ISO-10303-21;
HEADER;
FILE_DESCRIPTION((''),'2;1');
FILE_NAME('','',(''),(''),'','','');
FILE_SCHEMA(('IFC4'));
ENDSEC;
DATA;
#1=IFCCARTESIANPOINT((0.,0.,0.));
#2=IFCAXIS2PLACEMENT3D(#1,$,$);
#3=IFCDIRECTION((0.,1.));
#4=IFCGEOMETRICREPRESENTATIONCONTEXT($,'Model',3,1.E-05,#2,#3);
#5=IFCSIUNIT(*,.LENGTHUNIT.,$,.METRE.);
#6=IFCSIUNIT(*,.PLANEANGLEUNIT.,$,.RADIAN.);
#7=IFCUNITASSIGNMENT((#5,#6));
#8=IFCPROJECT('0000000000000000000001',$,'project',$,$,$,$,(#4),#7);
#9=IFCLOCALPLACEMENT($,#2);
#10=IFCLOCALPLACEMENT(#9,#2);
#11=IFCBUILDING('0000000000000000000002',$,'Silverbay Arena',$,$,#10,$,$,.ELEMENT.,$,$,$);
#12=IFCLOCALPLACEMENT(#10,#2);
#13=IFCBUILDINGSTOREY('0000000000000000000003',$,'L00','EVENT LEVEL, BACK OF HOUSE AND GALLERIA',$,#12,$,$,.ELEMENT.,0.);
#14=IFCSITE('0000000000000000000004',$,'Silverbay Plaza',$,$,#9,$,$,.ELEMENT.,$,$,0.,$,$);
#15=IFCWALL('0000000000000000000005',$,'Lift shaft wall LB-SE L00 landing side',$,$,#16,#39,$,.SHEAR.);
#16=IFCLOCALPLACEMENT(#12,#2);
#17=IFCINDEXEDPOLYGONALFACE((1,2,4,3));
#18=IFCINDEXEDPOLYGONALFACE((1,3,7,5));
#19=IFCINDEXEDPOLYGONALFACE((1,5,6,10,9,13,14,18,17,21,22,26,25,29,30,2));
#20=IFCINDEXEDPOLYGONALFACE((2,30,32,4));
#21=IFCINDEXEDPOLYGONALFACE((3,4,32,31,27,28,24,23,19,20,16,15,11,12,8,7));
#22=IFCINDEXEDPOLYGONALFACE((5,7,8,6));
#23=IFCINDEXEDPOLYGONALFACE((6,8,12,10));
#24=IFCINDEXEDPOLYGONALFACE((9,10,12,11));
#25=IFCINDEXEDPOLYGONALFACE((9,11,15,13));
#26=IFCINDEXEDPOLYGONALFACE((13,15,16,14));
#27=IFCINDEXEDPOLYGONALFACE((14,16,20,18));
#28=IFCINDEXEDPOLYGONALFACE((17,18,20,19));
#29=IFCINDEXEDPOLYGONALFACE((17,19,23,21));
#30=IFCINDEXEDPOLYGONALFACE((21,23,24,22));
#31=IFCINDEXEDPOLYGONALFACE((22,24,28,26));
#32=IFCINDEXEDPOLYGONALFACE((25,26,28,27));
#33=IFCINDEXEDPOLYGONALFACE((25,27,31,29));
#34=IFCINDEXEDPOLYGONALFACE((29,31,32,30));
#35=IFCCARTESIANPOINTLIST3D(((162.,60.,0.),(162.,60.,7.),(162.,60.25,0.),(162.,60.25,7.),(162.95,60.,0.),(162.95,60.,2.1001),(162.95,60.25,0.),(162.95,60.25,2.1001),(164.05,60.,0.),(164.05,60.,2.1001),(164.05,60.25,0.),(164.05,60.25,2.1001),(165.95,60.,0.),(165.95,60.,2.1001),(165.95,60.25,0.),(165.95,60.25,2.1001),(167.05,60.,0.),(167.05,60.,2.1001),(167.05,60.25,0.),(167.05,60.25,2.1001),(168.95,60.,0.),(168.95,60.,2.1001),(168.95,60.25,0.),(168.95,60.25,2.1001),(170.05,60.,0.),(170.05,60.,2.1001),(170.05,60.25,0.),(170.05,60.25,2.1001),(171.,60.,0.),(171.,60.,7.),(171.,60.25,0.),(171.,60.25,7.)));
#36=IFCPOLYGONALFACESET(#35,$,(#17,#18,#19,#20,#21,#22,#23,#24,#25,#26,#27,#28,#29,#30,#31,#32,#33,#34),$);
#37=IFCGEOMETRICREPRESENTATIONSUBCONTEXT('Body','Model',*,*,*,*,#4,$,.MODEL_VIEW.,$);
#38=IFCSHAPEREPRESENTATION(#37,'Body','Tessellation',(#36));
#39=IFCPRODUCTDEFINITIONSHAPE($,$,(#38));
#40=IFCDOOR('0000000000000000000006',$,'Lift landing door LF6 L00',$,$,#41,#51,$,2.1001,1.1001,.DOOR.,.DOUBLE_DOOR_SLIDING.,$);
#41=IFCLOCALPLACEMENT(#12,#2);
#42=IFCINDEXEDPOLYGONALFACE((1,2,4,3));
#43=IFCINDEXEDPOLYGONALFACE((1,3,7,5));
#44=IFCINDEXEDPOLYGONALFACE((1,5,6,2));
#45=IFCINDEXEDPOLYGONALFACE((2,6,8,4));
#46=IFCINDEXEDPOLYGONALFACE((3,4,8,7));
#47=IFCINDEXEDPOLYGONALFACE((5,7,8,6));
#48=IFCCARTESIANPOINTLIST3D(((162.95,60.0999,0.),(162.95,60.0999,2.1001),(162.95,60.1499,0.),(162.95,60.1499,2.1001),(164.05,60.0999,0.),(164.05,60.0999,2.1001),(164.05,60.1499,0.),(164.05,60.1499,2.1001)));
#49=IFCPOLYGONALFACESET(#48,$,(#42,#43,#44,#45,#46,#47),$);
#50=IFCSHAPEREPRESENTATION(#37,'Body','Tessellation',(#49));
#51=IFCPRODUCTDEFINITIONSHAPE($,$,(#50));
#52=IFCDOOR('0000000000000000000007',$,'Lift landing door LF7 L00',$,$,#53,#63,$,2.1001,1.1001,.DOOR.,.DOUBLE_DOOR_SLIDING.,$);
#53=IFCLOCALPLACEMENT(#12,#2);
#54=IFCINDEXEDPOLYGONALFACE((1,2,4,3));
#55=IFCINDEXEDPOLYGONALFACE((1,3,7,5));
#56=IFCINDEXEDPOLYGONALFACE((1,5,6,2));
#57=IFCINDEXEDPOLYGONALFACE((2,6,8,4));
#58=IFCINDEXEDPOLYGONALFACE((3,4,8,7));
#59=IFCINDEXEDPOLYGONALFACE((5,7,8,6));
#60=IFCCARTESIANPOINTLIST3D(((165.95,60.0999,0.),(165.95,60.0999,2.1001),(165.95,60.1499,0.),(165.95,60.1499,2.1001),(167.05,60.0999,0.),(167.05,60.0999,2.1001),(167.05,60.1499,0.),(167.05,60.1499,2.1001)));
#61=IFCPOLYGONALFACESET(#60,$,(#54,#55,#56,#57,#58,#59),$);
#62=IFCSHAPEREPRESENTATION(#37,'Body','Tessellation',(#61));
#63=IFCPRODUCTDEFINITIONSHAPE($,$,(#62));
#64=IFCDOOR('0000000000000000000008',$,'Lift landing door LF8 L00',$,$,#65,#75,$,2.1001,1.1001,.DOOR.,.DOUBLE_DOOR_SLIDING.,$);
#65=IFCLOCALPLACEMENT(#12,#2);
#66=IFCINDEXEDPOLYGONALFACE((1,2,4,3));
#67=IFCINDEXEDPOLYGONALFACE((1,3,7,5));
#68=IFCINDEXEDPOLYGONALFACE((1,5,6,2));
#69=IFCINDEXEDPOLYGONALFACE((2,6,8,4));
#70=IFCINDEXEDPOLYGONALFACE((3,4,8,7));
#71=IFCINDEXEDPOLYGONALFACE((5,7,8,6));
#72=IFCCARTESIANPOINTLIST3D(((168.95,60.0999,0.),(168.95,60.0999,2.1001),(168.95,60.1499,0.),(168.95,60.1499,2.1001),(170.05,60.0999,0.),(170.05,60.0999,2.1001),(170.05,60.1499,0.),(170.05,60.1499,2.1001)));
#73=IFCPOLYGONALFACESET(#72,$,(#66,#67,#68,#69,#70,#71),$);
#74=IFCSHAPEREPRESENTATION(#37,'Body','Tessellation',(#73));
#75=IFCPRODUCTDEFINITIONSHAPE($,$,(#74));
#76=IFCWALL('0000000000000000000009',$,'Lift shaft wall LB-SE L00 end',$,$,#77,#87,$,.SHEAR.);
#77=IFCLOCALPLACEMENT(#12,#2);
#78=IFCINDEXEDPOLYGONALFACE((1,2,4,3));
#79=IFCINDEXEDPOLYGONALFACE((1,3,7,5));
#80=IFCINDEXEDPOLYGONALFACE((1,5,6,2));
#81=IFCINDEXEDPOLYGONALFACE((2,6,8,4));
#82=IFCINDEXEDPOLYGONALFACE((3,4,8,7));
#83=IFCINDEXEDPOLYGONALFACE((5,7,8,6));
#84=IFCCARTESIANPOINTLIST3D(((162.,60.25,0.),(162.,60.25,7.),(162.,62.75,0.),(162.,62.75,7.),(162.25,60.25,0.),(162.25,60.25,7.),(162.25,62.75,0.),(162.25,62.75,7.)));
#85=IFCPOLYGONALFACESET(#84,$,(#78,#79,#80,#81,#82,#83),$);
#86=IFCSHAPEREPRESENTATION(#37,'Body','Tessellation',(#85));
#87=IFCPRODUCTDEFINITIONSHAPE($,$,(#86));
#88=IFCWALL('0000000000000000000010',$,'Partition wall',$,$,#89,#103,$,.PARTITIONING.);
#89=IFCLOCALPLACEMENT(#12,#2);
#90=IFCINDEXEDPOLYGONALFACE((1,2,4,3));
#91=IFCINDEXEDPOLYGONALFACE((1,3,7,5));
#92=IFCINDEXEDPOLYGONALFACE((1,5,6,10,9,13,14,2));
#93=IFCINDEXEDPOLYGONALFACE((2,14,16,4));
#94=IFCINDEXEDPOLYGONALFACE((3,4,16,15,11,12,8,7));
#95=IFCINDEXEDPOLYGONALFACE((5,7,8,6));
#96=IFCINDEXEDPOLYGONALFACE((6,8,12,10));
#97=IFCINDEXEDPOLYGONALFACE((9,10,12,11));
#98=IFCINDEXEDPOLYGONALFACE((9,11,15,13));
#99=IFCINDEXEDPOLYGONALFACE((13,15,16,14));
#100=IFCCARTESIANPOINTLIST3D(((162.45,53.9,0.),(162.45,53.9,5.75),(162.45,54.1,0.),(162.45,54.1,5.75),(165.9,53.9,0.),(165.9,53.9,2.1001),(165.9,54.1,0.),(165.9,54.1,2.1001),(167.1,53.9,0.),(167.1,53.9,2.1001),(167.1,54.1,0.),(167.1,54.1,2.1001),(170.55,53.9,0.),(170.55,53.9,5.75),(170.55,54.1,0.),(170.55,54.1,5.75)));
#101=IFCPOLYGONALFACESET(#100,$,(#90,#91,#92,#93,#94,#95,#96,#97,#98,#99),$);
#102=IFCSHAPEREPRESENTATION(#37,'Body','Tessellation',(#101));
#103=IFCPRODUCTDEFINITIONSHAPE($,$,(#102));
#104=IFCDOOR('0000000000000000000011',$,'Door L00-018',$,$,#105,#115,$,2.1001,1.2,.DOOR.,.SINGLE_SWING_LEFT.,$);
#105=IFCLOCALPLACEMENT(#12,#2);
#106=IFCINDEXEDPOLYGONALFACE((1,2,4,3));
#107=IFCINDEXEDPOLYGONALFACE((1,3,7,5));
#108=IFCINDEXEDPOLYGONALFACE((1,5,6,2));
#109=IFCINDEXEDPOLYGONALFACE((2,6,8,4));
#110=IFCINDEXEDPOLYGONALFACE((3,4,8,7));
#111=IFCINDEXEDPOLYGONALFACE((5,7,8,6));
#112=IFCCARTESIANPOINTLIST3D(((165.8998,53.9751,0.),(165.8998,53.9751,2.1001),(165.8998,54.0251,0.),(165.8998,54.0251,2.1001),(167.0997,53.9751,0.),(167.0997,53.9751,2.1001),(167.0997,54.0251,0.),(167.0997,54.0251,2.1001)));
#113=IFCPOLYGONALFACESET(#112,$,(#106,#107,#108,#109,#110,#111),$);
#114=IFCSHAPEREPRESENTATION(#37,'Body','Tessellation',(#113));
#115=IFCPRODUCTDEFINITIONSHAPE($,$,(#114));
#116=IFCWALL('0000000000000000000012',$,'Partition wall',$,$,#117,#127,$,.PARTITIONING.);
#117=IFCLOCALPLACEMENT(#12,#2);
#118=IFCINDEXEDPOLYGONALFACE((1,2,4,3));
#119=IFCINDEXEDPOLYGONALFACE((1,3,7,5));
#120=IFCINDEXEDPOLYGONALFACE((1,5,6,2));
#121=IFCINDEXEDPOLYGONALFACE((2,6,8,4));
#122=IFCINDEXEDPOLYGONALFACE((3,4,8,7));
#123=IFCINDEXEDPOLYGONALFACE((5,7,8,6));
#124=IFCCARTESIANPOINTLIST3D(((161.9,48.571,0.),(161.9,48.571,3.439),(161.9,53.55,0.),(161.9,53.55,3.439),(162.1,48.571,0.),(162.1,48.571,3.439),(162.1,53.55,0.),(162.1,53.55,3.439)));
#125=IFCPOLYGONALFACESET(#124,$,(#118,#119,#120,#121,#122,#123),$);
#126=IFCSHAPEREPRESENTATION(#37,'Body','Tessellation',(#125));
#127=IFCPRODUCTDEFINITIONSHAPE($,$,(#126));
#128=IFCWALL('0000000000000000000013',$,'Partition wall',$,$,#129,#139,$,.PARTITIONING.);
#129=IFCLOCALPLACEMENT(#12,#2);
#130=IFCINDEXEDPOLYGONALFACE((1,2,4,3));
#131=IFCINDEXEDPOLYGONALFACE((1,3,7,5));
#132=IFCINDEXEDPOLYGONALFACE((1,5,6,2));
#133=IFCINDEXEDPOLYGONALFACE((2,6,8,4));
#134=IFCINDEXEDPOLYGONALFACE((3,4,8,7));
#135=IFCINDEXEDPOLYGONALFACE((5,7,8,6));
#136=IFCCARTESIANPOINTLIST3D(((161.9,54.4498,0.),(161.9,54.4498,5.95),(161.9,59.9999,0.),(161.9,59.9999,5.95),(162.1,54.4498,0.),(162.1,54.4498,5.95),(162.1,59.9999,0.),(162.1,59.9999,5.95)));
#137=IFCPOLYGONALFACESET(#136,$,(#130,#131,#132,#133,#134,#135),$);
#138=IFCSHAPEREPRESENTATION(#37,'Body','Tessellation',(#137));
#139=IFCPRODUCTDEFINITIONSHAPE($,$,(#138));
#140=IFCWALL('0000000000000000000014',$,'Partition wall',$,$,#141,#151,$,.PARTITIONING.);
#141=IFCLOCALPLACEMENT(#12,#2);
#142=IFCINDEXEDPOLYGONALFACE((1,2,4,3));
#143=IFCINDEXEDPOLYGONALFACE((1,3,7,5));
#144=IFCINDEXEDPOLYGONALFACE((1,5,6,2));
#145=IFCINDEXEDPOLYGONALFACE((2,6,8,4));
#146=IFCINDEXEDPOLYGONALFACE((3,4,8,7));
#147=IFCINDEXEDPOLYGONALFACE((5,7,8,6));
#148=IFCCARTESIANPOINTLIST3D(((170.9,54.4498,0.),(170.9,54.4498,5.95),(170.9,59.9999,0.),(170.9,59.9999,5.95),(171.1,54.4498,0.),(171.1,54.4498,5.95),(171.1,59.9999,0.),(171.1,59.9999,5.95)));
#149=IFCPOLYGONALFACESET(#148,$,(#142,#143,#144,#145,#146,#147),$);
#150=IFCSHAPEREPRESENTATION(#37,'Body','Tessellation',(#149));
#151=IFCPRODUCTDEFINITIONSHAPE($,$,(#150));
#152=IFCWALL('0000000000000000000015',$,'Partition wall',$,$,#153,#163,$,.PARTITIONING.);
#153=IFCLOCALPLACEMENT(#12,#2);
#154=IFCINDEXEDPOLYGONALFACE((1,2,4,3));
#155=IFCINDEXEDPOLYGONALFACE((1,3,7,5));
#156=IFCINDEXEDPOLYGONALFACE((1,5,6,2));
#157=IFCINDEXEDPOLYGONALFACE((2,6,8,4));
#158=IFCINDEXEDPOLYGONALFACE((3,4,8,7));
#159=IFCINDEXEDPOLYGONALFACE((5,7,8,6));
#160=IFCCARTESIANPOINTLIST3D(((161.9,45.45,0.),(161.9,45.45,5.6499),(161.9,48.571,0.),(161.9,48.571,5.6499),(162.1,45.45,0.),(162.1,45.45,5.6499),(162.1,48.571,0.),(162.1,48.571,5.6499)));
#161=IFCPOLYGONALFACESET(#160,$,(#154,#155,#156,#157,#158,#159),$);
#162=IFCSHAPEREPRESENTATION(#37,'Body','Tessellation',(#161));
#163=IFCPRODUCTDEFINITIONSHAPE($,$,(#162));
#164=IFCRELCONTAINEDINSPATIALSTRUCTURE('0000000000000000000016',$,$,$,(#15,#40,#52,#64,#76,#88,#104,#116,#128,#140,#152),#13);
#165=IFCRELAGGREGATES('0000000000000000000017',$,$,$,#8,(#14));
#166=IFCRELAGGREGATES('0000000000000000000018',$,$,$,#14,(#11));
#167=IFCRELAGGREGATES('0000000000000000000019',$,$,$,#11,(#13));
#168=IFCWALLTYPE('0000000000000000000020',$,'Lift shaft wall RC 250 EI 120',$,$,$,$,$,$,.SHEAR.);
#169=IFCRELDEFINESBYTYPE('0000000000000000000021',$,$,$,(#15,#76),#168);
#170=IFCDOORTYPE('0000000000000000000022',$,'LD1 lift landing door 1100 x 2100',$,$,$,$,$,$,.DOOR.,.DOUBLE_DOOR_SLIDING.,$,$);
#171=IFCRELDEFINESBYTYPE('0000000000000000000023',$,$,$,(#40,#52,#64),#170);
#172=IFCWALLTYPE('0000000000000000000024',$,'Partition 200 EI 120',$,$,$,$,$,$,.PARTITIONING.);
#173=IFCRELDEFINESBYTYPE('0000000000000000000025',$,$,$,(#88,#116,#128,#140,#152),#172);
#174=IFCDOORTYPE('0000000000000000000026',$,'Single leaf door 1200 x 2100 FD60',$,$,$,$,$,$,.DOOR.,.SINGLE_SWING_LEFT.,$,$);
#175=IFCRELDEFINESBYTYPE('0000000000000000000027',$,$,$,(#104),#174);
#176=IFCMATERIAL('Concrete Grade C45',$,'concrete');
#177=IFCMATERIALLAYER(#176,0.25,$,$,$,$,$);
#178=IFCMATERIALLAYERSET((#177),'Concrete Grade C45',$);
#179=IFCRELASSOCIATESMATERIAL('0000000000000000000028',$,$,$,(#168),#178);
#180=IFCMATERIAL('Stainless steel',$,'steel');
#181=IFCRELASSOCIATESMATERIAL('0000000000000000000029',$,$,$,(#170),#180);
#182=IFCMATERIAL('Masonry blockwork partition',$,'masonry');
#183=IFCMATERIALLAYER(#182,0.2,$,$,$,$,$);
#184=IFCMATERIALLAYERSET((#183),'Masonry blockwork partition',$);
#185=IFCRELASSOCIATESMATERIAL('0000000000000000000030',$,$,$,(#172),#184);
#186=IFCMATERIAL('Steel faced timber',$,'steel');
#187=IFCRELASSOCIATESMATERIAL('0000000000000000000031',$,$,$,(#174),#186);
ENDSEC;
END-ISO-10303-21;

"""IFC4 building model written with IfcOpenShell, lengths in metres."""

from ifc_helpers import new_model, si_unit, direction, frame, frame_2d, origin, place, context, subcontext, project, spatial, rectangle, extrude, material, layer, layer_set, type_object, element, fill, save


model = new_model("IFC4")

# Units and contexts
model_context = context("Model", 3, precision=1e-05, world=origin(), true_north=direction((0.0, 1.0)))
body_context = subcontext(model_context, "Body", "Model", "MODEL_VIEW")
ifc_project = project(units=[si_unit("LENGTHUNIT", "METRE"), si_unit("PLANEANGLEUNIT", "RADIAN")], contexts=[model_context])

# Site, building, storey
site_placement = place(None, origin())
site = spatial("IfcSite", under=ifc_project, at=site_placement, Name="Silverbay Plaza", CompositionType="ELEMENT", RefElevation=0.0)
building_placement = place(site_placement, origin())
building = spatial("IfcBuilding", under=site, at=building_placement, Name="Silverbay Arena", CompositionType="ELEMENT")
storey_placement = place(building_placement, origin())
storey = spatial("IfcBuildingStorey", under=building, at=storey_placement, Name="L00", Description="EVENT LEVEL, BACK OF HOUSE AND GALLERIA", CompositionType="ELEMENT", Elevation=0.0)

# Wall, openings, doors
ifc_material_1 = material(Name="Concrete Grade C45", Category="concrete")
ifc_layer_1 = layer(ifc_material_1, 0.25)
ifc_layer_set_1 = layer_set([ifc_layer_1], Name="Concrete Grade C45")
wall_type_1 = type_object("IfcWallType", Name="Lift shaft wall RC 250 EI 120", PredefinedType="SHEAR", material=ifc_layer_set_1)
wall_1_placement = place(storey_placement, frame((162.0, 60.125, 0.0), z_axis=(0.0, 0.0, 1.0), x_axis=(1.0, 0.0, 0.0)))
wall_1 = element("IfcWall", 1, at=wall_1_placement, inside=storey, type_object=wall_type_1, Name="Lift shaft wall LB-SE L00 landing side", PredefinedType="SHEAR", context=body_context, shape_type="SweptSolid", body=[
    extrude(rectangle(XDim=9.0, YDim=0.25, at=frame_2d((4.5, 0.0))), origin(), (0.0, 0.0, 1.0), 7.0),
])
opening_1_placement = place(wall_1_placement, frame((0.95, 0.0, 0.0)))
opening_1 = element("IfcOpeningElement", 2, at=opening_1_placement, cuts=wall_1, PredefinedType="OPENING", context=body_context, shape_type="SweptSolid", body=[
    extrude(rectangle(XDim=1.1001, YDim=2.1001, at=frame_2d((0.55, 1.05))), frame((0.0, 0.135, 0.0), z_axis=(0.0, -1.0, 0.0), x_axis=(1.0, 0.0, 0.0)), (0.0, 0.0, 1.0), 0.27),
])
opening_2_placement = place(wall_1_placement, frame((3.95, 0.0, 0.0)))
opening_2 = element("IfcOpeningElement", 3, at=opening_2_placement, cuts=wall_1, PredefinedType="OPENING", context=body_context, shape_type="SweptSolid", body=[
    extrude(rectangle(XDim=1.1001, YDim=2.1001, at=frame_2d((0.55, 1.05))), frame((0.0, 0.135, 0.0), z_axis=(0.0, -1.0, 0.0), x_axis=(1.0, 0.0, 0.0)), (0.0, 0.0, 1.0), 0.27),
])
opening_3_placement = place(wall_1_placement, frame((6.95, 0.0, 0.0)))
opening_3 = element("IfcOpeningElement", 4, at=opening_3_placement, cuts=wall_1, PredefinedType="OPENING", context=body_context, shape_type="SweptSolid", body=[
    extrude(rectangle(XDim=1.1001, YDim=2.1001, at=frame_2d((0.55, 1.05))), frame((0.0, 0.135, 0.0), z_axis=(0.0, -1.0, 0.0), x_axis=(1.0, 0.0, 0.0)), (0.0, 0.0, 1.0), 0.27),
])
ifc_material_2 = material(Name="Stainless steel", Category="steel")
door_type_1 = type_object("IfcDoorType", Name="LD1 lift landing door 1100 x 2100", OperationType="DOUBLE_DOOR_SLIDING", PredefinedType="DOOR", material=ifc_material_2)
door_1_placement = place(opening_1_placement, origin())
door_1 = element("IfcDoor", 5, at=door_1_placement, inside=storey, type_object=door_type_1, Name="Lift landing door LF6 L00", OperationType="DOUBLE_DOOR_SLIDING", OverallHeight=2.1001, OverallWidth=1.1001, PredefinedType="DOOR", context=body_context, shape_type="SweptSolid", body=[
    extrude(rectangle(XDim=1.1001, YDim=2.1001, at=frame_2d((0.55, 1.05))), frame((0.0, 0.0249, 0.0), z_axis=(0.0, -1.0, 0.0), x_axis=(1.0, 0.0, 0.0)), (0.0, 0.0, 1.0), 0.05),
])
fill(opening_1, door_1)
door_2_placement = place(opening_2_placement, origin())
door_2 = element("IfcDoor", 6, at=door_2_placement, inside=storey, type_object=door_type_1, Name="Lift landing door LF7 L00", OperationType="DOUBLE_DOOR_SLIDING", OverallHeight=2.1001, OverallWidth=1.1001, PredefinedType="DOOR", context=body_context, shape_type="SweptSolid", body=[
    extrude(rectangle(XDim=1.1001, YDim=2.1001, at=frame_2d((0.55, 1.05))), frame((0.0, 0.0249, 0.0), z_axis=(0.0, -1.0, 0.0), x_axis=(1.0, 0.0, 0.0)), (0.0, 0.0, 1.0), 0.05),
])
fill(opening_2, door_2)
door_3_placement = place(opening_3_placement, origin())
door_3 = element("IfcDoor", 7, at=door_3_placement, inside=storey, type_object=door_type_1, Name="Lift landing door LF8 L00", OperationType="DOUBLE_DOOR_SLIDING", OverallHeight=2.1001, OverallWidth=1.1001, PredefinedType="DOOR", context=body_context, shape_type="SweptSolid", body=[
    extrude(rectangle(XDim=1.1001, YDim=2.1001, at=frame_2d((0.55, 1.05))), frame((0.0, 0.0249, 0.0), z_axis=(0.0, -1.0, 0.0), x_axis=(1.0, 0.0, 0.0)), (0.0, 0.0, 1.0), 0.05),
])
fill(opening_3, door_3)

# Wall
wall_2_placement = place(storey_placement, frame((162.125, 60.25, 0.0), z_axis=(0.0, 0.0, 1.0), x_axis=(0.0, 1.0, 0.0)))
element("IfcWall", 8, at=wall_2_placement, inside=storey, type_object=wall_type_1, Name="Lift shaft wall LB-SE L00 end", PredefinedType="SHEAR", context=body_context, shape_type="SweptSolid", body=[
    extrude(rectangle(XDim=2.5, YDim=0.25, at=frame_2d((1.25, 0.0))), origin(), (0.0, 0.0, 1.0), 7.0),
])

# Wall, opening, door
ifc_material_3 = material(Name="Masonry blockwork partition", Category="masonry")
ifc_layer_2 = layer(ifc_material_3, 0.2)
ifc_layer_set_2 = layer_set([ifc_layer_2], Name="Masonry blockwork partition")
wall_type_2 = type_object("IfcWallType", Name="Partition 200 EI 120", PredefinedType="PARTITIONING", material=ifc_layer_set_2)
wall_3_placement = place(storey_placement, frame((162.45, 54.0, 0.0), z_axis=(0.0, 0.0, 1.0), x_axis=(1.0, 0.0, 0.0)))
wall_3 = element("IfcWall", 9, at=wall_3_placement, inside=storey, type_object=wall_type_2, Name="Partition wall", PredefinedType="PARTITIONING", context=body_context, shape_type="SweptSolid", body=[
    extrude(rectangle(XDim=8.1001, YDim=0.2, at=frame_2d((4.05, 0.0))), origin(), (0.0, 0.0, 1.0), 5.75),
])
opening_4_placement = place(wall_3_placement, frame((3.45, 0.0, 0.0)))
opening_4 = element("IfcOpeningElement", 10, at=opening_4_placement, cuts=wall_3, PredefinedType="OPENING", context=body_context, shape_type="SweptSolid", body=[
    extrude(rectangle(XDim=1.2, YDim=2.1001, at=frame_2d((0.6001, 1.05))), frame((0.0, 0.1099, 0.0), z_axis=(0.0, -1.0, 0.0), x_axis=(1.0, 0.0, 0.0)), (0.0, 0.0, 1.0), 0.22),
])
ifc_material_4 = material(Name="Steel faced timber", Category="steel")
door_type_2 = type_object("IfcDoorType", Name="Single leaf door 1200 x 2100 FD60", OperationType="SINGLE_SWING_LEFT", PredefinedType="DOOR", material=ifc_material_4)
door_4_placement = place(opening_4_placement, frame((1.2, 0.0, 0.0), z_axis=(0.0, 0.0, 1.0), x_axis=(-1.0, 0.0, 0.0)))
door_4 = element("IfcDoor", 11, at=door_4_placement, inside=storey, type_object=door_type_2, Name="Door L00-018", OperationType="SINGLE_SWING_LEFT", OverallHeight=2.1001, OverallWidth=1.2, PredefinedType="DOOR", context=body_context, shape_type="SweptSolid", body=[
    extrude(rectangle(XDim=1.2, YDim=2.1001, at=frame_2d((0.6001, 1.05))), frame((0.0, 0.0249, 0.0), z_axis=(0.0, -1.0, 0.0), x_axis=(1.0, 0.0, 0.0)), (0.0, 0.0, 1.0), 0.05),
])
fill(opening_4, door_4)

# Walls
wall_4_placement = place(storey_placement, frame((162.0, 48.571, 0.0), z_axis=(0.0, 0.0, 1.0), x_axis=(0.0, 1.0, 0.0)))
element("IfcWall", 12, at=wall_4_placement, inside=storey, type_object=wall_type_2, Name="Partition wall", PredefinedType="PARTITIONING", context=body_context, shape_type="SweptSolid", body=[
    extrude(rectangle(XDim=4.979, YDim=0.2, at=frame_2d((2.4895, 0.0))), origin(), (0.0, 0.0, 1.0), 3.439),
])
for number, where, z_axis, x_axis, name in (
    (13, (162.0, 54.45, 0.0), (0.0, 0.0, 1.0), (0.0, 1.0, 0.0), "Partition wall"),
    (14, (171.0, 54.45, 0.0), (0.0, 0.0, 1.0), (0.0, 1.0, 0.0), "Partition wall"),
):
    element("IfcWall", number, at=place(storey_placement, frame(where, z_axis=z_axis, x_axis=x_axis)), inside=storey, type_object=wall_type_2, Name=name, PredefinedType="PARTITIONING", context=body_context, shape_type="SweptSolid", body=[
        extrude(rectangle(XDim=5.55, YDim=0.2, at=frame_2d((2.7749, 0.0))), origin(), (0.0, 0.0, 1.0), 5.95),
    ])
wall_5_placement = place(storey_placement, frame((162.0, 45.45, 0.0), z_axis=(0.0, 0.0, 1.0), x_axis=(0.0, 1.0, 0.0)))
element("IfcWall", 15, at=wall_5_placement, inside=storey, type_object=wall_type_2, Name="Partition wall", PredefinedType="PARTITIONING", context=body_context, shape_type="SweptSolid", body=[
    extrude(rectangle(XDim=3.1211, YDim=0.2, at=frame_2d((1.5605, 0.0))), origin(), (0.0, 0.0, 1.0), 5.6499),
])

save(model, "model.ifc")
